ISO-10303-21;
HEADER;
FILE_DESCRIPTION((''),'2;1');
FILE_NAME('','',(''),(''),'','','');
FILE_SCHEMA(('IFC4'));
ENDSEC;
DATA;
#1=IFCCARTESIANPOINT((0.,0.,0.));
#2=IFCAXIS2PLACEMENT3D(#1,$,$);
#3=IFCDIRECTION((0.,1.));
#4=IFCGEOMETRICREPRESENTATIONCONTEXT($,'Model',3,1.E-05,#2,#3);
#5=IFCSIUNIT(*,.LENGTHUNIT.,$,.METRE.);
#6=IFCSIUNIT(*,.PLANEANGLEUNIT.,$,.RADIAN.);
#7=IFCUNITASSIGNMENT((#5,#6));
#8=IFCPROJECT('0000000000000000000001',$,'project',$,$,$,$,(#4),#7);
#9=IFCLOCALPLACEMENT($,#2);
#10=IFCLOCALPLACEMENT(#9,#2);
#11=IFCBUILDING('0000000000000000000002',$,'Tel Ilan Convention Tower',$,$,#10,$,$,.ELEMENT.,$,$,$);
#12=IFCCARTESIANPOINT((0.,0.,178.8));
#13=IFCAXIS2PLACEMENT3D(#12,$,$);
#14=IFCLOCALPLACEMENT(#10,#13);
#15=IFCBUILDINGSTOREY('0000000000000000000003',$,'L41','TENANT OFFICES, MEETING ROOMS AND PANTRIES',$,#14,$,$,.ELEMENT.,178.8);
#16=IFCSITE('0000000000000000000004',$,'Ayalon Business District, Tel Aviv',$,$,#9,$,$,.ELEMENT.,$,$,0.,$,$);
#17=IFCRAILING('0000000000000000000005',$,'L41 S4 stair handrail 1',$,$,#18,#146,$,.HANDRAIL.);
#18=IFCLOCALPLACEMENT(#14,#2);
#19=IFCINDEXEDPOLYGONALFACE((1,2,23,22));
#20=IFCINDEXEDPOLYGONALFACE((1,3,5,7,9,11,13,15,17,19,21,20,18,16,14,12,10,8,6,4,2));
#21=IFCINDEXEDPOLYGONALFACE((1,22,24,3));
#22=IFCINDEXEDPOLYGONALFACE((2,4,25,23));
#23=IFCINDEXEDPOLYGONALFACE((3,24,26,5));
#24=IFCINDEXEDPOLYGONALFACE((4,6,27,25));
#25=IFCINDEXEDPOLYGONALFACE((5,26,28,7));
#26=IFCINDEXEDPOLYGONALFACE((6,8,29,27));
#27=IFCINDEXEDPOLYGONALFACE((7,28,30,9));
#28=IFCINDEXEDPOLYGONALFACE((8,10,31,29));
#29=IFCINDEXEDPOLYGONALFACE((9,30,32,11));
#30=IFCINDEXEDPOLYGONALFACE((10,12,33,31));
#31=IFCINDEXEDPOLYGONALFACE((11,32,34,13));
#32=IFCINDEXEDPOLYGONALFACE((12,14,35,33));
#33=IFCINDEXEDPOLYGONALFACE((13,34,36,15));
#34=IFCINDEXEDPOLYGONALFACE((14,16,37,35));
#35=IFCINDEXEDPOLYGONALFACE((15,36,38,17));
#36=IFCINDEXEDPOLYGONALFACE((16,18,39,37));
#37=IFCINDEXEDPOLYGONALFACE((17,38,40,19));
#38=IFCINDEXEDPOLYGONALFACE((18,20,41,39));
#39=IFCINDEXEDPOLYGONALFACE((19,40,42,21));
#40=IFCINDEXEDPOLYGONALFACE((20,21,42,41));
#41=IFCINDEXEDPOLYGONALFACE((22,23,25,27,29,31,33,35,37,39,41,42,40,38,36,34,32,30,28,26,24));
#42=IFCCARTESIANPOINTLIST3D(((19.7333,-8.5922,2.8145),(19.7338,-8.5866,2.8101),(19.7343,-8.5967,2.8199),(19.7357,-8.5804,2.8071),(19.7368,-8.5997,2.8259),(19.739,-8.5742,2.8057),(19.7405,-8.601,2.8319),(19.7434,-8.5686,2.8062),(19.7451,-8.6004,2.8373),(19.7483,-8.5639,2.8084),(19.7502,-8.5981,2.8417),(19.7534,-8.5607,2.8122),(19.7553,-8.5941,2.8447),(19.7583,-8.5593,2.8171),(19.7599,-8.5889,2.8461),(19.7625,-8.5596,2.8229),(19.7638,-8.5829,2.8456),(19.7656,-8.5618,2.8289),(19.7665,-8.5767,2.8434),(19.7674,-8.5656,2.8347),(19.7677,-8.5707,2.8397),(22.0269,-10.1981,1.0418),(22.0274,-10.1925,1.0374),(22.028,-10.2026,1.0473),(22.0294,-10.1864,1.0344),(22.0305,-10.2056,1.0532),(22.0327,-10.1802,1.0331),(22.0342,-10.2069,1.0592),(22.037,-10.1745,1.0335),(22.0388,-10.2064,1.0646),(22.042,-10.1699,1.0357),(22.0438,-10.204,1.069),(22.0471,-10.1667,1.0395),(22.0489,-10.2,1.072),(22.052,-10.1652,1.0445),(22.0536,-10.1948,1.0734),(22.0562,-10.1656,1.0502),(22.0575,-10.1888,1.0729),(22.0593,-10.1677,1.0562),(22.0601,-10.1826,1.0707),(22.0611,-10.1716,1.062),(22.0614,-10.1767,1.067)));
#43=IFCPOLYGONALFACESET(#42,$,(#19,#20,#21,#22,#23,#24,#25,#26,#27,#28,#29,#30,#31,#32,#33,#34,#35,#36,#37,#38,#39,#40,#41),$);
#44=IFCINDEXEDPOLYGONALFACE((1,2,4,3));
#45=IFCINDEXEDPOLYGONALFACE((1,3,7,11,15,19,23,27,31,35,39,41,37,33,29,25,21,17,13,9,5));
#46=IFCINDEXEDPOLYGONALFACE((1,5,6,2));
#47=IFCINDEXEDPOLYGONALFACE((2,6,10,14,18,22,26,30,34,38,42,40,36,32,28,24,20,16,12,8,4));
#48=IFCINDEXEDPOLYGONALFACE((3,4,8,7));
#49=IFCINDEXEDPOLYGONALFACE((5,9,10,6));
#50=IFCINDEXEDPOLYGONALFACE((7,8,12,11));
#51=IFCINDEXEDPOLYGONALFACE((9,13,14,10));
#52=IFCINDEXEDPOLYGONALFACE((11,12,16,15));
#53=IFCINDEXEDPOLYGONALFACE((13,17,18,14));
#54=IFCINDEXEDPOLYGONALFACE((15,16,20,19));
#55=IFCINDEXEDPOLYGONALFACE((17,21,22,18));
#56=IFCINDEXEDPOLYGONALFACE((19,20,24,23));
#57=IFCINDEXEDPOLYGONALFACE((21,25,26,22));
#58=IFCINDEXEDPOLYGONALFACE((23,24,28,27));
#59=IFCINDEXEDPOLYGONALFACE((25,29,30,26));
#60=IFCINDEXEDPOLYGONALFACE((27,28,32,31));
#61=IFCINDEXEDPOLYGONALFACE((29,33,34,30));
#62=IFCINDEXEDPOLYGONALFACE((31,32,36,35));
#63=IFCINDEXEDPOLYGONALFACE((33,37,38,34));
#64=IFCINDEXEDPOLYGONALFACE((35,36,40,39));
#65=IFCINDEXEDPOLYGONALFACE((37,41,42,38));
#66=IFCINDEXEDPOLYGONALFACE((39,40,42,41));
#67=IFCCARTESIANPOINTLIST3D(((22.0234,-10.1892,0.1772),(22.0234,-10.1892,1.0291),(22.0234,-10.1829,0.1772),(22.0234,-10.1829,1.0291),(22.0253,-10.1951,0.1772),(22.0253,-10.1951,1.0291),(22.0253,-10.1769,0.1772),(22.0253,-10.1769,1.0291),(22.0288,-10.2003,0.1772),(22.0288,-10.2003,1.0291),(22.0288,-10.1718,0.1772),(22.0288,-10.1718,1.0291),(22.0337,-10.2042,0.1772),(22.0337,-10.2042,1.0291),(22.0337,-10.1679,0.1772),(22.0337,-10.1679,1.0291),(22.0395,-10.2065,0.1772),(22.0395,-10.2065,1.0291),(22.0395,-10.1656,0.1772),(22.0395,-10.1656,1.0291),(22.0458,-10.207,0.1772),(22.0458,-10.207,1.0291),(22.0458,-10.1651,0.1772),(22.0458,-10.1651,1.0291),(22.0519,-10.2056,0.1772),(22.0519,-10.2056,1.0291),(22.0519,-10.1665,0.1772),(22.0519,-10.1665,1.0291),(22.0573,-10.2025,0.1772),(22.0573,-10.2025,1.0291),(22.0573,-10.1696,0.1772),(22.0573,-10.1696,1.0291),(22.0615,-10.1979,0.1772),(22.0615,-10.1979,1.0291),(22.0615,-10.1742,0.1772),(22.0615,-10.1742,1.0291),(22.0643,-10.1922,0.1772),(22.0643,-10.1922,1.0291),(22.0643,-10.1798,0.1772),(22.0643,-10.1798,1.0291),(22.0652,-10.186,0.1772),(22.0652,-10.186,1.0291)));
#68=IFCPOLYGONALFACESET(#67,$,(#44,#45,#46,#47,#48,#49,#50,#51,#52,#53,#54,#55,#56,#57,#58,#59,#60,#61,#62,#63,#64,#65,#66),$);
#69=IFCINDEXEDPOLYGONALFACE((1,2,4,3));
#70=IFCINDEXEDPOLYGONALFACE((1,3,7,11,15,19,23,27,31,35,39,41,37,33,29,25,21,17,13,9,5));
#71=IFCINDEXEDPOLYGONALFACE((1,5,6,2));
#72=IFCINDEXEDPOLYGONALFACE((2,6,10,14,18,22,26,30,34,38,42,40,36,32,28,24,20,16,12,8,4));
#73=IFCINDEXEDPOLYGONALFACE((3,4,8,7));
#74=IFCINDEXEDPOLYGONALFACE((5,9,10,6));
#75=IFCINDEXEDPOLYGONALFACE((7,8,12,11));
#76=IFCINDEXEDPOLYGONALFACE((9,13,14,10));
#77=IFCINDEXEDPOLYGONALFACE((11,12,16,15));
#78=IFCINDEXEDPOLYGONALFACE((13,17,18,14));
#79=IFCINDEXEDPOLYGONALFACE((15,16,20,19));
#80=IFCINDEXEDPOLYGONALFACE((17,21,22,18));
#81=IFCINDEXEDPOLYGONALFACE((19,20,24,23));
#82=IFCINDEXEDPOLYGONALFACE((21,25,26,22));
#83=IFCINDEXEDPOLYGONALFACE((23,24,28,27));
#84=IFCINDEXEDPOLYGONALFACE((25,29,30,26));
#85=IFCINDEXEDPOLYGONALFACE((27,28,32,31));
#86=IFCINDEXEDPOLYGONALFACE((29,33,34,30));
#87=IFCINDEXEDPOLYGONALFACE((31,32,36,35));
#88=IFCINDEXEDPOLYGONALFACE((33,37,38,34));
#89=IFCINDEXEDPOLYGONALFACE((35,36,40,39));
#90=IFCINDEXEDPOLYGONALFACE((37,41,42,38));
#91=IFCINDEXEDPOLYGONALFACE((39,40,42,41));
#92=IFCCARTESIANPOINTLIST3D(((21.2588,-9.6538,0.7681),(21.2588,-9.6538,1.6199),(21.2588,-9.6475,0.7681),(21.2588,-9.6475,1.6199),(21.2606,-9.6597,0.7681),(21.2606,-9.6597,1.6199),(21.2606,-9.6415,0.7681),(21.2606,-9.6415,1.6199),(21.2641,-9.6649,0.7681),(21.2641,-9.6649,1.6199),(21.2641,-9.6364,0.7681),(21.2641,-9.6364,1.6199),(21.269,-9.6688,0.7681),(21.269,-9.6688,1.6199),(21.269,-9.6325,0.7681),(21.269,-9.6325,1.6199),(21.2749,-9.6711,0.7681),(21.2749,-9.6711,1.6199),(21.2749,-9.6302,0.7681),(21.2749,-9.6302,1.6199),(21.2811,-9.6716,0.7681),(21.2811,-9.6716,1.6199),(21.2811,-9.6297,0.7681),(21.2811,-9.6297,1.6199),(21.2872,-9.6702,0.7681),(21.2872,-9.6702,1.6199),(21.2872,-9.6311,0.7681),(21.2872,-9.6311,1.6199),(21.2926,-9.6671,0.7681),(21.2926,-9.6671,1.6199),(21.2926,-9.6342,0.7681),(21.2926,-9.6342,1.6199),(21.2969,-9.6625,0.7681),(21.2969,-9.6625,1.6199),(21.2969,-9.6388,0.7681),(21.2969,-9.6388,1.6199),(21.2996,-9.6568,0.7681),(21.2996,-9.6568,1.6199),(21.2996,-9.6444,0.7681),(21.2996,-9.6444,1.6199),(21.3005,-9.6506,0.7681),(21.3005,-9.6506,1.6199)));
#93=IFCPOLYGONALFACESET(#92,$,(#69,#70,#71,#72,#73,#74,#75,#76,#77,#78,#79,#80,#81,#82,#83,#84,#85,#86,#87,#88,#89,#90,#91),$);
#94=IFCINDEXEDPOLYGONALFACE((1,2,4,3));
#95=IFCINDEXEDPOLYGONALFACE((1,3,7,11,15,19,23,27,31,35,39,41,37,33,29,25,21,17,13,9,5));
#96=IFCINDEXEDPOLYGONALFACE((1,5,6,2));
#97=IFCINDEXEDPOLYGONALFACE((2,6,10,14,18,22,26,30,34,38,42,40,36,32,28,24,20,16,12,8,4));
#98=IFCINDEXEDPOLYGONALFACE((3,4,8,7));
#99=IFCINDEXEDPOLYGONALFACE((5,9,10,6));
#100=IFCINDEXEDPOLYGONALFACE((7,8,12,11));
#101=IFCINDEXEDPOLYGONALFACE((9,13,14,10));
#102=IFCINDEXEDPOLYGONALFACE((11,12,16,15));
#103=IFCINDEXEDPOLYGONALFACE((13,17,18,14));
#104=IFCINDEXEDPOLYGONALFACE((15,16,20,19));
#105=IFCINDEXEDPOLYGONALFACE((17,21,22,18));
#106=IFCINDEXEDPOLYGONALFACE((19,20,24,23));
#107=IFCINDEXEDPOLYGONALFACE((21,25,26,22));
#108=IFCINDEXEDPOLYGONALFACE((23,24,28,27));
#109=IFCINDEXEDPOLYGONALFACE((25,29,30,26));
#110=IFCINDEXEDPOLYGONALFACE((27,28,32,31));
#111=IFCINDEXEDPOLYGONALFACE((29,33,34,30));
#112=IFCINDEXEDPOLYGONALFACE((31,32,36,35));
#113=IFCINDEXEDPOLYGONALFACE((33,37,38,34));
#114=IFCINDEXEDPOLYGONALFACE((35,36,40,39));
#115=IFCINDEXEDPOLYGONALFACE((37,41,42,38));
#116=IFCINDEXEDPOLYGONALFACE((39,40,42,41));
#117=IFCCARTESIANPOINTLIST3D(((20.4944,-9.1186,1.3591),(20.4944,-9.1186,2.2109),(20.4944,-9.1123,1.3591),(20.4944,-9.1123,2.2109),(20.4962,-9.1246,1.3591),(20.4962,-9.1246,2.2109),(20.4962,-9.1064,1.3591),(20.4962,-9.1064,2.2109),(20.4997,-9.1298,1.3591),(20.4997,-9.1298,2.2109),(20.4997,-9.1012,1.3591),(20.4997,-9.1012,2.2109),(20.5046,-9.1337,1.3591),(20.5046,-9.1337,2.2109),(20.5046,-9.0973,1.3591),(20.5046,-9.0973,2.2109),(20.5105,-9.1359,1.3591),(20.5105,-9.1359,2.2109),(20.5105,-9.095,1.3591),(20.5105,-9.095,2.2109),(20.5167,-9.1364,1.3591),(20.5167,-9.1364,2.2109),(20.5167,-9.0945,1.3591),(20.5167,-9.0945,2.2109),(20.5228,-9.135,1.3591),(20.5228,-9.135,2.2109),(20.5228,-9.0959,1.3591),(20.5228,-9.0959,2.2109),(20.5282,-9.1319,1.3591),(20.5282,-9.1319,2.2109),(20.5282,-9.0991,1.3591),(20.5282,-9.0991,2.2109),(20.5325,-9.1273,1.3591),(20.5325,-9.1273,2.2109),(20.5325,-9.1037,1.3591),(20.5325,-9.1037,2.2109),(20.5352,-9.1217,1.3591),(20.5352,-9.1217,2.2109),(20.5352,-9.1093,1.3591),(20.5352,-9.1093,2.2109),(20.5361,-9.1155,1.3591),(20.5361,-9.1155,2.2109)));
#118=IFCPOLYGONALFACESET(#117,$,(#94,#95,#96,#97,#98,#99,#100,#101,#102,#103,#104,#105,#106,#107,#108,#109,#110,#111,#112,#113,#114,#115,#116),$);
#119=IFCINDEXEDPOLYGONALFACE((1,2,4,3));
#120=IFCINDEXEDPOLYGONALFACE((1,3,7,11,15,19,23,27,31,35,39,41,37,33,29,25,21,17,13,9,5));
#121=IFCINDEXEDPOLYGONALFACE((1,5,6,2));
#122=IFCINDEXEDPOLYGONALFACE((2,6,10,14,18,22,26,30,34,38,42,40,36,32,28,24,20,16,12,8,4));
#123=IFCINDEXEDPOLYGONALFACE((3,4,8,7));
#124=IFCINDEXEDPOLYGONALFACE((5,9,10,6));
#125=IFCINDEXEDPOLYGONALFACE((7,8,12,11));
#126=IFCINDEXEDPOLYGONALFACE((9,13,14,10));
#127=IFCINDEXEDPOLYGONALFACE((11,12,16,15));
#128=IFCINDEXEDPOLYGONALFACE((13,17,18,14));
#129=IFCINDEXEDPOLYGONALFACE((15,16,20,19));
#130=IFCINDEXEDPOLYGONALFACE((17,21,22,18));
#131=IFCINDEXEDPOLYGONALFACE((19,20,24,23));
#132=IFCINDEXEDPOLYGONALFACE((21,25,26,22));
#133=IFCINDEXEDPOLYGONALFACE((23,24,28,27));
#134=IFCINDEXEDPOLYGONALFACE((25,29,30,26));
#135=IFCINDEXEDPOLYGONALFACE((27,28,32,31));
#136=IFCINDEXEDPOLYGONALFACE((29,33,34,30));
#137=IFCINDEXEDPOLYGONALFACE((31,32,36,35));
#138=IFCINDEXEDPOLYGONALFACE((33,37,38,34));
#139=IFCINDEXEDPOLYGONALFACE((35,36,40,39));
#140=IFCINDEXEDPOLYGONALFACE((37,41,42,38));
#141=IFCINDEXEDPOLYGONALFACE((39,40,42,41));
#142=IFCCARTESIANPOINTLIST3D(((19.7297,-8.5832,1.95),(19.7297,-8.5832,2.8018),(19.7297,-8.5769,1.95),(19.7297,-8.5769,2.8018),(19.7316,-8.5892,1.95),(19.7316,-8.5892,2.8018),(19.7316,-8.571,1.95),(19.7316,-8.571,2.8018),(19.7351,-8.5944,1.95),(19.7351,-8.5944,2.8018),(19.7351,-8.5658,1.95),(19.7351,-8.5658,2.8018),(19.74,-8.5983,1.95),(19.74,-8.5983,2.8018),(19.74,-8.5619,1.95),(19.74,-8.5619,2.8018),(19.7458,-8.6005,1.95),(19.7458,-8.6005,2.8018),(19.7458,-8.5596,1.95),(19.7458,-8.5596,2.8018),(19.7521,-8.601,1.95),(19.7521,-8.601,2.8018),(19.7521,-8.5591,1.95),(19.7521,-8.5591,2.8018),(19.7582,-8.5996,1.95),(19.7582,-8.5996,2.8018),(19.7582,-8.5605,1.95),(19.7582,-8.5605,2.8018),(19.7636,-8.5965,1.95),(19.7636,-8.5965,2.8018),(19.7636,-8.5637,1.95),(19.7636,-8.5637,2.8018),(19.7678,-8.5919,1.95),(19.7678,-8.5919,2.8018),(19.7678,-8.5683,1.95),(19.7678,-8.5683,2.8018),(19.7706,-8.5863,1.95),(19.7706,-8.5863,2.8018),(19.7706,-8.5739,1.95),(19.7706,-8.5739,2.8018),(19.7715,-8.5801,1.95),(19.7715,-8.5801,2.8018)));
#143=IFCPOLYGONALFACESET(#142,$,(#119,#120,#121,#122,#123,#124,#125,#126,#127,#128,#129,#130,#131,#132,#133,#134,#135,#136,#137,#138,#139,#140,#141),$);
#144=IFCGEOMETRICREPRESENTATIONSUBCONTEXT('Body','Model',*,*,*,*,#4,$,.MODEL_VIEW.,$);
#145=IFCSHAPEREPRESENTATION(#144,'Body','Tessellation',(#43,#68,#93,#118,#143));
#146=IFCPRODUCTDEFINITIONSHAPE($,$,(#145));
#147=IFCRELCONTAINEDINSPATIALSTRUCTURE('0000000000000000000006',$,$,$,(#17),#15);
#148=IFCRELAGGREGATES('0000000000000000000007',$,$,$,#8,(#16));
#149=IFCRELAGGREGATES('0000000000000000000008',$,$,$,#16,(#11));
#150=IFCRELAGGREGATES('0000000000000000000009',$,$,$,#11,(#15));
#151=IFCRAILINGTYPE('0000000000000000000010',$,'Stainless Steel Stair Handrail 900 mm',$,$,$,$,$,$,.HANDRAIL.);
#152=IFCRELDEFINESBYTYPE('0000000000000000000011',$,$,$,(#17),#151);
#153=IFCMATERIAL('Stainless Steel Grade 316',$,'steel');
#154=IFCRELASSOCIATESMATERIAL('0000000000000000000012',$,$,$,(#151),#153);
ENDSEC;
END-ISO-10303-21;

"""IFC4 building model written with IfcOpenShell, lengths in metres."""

from ifc_helpers import new_model, si_unit, direction, frame, origin, origin_2d, place, context, subcontext, project, spatial, circle, extrude, material, type_object, element, save


model = new_model("IFC4")

# Units and contexts
model_context = context("Model", 3, precision=1e-05, world=origin(), true_north=direction((0.0, 1.0)))
body_context = subcontext(model_context, "Body", "Model", "MODEL_VIEW")
ifc_project = project(units=[si_unit("LENGTHUNIT", "METRE"), si_unit("PLANEANGLEUNIT", "RADIAN")], contexts=[model_context])

# Site, building, storey
site_placement = place(None, origin())
site = spatial("IfcSite", under=ifc_project, at=site_placement, Name="Ayalon Business District, Tel Aviv", CompositionType="ELEMENT", RefElevation=0.0)
building_placement = place(site_placement, origin())
building = spatial("IfcBuilding", under=site, at=building_placement, Name="Tel Ilan Convention Tower", CompositionType="ELEMENT")
storey_placement = place(building_placement, frame((0.0, 0.0, 178.8)))
storey = spatial("IfcBuildingStorey", under=building, at=storey_placement, Name="L41", Description="TENANT OFFICES, MEETING ROOMS AND PANTRIES", CompositionType="ELEMENT", Elevation=178.8)

# Railing
ifc_material_1 = material(Name="Stainless Steel Grade 316", Category="steel")
railing_type_1 = type_object("IfcRailingType", Name="Stainless Steel Stair Handrail 900 mm", PredefinedType="HANDRAIL", material=ifc_material_1)
railing_1_placement = place(storey_placement, frame((22.0442, -10.186, 0.1772)))
element("IfcRailing", 1, at=railing_1_placement, inside=storey, type_object=railing_type_1, Name="L41 S4 stair handrail 1", PredefinedType="HANDRAIL", context=body_context, shape_type="SweptSolid", body=[
    extrude(circle(Radius=0.0239, at=origin_2d()), frame((0.0, 0.0, 0.876), z_axis=(-0.692123, 0.484597, 0.534913), x_axis=(-0.57355, -0.81917, 0.0)), (0.0, 0.0, 1.0), 3.314),
    extrude(circle(Radius=0.021, at=origin_2d()), origin(), (0.0, 0.0, 1.0), 0.8518),
    extrude(circle(Radius=0.021, at=origin_2d()), frame((-0.7646, 0.5354, 0.5908)), (0.0, 0.0, 1.0), 0.8518),
    extrude(circle(Radius=0.021, at=origin_2d()), frame((-1.5291, 1.0706, 1.1819)), (0.0, 0.0, 1.0), 0.8518),
    extrude(circle(Radius=0.021, at=origin_2d()), frame((-2.2937, 1.606, 1.7727)), (0.0, 0.0, 1.0), 0.8518),
])

save(model, "model.ifc")
